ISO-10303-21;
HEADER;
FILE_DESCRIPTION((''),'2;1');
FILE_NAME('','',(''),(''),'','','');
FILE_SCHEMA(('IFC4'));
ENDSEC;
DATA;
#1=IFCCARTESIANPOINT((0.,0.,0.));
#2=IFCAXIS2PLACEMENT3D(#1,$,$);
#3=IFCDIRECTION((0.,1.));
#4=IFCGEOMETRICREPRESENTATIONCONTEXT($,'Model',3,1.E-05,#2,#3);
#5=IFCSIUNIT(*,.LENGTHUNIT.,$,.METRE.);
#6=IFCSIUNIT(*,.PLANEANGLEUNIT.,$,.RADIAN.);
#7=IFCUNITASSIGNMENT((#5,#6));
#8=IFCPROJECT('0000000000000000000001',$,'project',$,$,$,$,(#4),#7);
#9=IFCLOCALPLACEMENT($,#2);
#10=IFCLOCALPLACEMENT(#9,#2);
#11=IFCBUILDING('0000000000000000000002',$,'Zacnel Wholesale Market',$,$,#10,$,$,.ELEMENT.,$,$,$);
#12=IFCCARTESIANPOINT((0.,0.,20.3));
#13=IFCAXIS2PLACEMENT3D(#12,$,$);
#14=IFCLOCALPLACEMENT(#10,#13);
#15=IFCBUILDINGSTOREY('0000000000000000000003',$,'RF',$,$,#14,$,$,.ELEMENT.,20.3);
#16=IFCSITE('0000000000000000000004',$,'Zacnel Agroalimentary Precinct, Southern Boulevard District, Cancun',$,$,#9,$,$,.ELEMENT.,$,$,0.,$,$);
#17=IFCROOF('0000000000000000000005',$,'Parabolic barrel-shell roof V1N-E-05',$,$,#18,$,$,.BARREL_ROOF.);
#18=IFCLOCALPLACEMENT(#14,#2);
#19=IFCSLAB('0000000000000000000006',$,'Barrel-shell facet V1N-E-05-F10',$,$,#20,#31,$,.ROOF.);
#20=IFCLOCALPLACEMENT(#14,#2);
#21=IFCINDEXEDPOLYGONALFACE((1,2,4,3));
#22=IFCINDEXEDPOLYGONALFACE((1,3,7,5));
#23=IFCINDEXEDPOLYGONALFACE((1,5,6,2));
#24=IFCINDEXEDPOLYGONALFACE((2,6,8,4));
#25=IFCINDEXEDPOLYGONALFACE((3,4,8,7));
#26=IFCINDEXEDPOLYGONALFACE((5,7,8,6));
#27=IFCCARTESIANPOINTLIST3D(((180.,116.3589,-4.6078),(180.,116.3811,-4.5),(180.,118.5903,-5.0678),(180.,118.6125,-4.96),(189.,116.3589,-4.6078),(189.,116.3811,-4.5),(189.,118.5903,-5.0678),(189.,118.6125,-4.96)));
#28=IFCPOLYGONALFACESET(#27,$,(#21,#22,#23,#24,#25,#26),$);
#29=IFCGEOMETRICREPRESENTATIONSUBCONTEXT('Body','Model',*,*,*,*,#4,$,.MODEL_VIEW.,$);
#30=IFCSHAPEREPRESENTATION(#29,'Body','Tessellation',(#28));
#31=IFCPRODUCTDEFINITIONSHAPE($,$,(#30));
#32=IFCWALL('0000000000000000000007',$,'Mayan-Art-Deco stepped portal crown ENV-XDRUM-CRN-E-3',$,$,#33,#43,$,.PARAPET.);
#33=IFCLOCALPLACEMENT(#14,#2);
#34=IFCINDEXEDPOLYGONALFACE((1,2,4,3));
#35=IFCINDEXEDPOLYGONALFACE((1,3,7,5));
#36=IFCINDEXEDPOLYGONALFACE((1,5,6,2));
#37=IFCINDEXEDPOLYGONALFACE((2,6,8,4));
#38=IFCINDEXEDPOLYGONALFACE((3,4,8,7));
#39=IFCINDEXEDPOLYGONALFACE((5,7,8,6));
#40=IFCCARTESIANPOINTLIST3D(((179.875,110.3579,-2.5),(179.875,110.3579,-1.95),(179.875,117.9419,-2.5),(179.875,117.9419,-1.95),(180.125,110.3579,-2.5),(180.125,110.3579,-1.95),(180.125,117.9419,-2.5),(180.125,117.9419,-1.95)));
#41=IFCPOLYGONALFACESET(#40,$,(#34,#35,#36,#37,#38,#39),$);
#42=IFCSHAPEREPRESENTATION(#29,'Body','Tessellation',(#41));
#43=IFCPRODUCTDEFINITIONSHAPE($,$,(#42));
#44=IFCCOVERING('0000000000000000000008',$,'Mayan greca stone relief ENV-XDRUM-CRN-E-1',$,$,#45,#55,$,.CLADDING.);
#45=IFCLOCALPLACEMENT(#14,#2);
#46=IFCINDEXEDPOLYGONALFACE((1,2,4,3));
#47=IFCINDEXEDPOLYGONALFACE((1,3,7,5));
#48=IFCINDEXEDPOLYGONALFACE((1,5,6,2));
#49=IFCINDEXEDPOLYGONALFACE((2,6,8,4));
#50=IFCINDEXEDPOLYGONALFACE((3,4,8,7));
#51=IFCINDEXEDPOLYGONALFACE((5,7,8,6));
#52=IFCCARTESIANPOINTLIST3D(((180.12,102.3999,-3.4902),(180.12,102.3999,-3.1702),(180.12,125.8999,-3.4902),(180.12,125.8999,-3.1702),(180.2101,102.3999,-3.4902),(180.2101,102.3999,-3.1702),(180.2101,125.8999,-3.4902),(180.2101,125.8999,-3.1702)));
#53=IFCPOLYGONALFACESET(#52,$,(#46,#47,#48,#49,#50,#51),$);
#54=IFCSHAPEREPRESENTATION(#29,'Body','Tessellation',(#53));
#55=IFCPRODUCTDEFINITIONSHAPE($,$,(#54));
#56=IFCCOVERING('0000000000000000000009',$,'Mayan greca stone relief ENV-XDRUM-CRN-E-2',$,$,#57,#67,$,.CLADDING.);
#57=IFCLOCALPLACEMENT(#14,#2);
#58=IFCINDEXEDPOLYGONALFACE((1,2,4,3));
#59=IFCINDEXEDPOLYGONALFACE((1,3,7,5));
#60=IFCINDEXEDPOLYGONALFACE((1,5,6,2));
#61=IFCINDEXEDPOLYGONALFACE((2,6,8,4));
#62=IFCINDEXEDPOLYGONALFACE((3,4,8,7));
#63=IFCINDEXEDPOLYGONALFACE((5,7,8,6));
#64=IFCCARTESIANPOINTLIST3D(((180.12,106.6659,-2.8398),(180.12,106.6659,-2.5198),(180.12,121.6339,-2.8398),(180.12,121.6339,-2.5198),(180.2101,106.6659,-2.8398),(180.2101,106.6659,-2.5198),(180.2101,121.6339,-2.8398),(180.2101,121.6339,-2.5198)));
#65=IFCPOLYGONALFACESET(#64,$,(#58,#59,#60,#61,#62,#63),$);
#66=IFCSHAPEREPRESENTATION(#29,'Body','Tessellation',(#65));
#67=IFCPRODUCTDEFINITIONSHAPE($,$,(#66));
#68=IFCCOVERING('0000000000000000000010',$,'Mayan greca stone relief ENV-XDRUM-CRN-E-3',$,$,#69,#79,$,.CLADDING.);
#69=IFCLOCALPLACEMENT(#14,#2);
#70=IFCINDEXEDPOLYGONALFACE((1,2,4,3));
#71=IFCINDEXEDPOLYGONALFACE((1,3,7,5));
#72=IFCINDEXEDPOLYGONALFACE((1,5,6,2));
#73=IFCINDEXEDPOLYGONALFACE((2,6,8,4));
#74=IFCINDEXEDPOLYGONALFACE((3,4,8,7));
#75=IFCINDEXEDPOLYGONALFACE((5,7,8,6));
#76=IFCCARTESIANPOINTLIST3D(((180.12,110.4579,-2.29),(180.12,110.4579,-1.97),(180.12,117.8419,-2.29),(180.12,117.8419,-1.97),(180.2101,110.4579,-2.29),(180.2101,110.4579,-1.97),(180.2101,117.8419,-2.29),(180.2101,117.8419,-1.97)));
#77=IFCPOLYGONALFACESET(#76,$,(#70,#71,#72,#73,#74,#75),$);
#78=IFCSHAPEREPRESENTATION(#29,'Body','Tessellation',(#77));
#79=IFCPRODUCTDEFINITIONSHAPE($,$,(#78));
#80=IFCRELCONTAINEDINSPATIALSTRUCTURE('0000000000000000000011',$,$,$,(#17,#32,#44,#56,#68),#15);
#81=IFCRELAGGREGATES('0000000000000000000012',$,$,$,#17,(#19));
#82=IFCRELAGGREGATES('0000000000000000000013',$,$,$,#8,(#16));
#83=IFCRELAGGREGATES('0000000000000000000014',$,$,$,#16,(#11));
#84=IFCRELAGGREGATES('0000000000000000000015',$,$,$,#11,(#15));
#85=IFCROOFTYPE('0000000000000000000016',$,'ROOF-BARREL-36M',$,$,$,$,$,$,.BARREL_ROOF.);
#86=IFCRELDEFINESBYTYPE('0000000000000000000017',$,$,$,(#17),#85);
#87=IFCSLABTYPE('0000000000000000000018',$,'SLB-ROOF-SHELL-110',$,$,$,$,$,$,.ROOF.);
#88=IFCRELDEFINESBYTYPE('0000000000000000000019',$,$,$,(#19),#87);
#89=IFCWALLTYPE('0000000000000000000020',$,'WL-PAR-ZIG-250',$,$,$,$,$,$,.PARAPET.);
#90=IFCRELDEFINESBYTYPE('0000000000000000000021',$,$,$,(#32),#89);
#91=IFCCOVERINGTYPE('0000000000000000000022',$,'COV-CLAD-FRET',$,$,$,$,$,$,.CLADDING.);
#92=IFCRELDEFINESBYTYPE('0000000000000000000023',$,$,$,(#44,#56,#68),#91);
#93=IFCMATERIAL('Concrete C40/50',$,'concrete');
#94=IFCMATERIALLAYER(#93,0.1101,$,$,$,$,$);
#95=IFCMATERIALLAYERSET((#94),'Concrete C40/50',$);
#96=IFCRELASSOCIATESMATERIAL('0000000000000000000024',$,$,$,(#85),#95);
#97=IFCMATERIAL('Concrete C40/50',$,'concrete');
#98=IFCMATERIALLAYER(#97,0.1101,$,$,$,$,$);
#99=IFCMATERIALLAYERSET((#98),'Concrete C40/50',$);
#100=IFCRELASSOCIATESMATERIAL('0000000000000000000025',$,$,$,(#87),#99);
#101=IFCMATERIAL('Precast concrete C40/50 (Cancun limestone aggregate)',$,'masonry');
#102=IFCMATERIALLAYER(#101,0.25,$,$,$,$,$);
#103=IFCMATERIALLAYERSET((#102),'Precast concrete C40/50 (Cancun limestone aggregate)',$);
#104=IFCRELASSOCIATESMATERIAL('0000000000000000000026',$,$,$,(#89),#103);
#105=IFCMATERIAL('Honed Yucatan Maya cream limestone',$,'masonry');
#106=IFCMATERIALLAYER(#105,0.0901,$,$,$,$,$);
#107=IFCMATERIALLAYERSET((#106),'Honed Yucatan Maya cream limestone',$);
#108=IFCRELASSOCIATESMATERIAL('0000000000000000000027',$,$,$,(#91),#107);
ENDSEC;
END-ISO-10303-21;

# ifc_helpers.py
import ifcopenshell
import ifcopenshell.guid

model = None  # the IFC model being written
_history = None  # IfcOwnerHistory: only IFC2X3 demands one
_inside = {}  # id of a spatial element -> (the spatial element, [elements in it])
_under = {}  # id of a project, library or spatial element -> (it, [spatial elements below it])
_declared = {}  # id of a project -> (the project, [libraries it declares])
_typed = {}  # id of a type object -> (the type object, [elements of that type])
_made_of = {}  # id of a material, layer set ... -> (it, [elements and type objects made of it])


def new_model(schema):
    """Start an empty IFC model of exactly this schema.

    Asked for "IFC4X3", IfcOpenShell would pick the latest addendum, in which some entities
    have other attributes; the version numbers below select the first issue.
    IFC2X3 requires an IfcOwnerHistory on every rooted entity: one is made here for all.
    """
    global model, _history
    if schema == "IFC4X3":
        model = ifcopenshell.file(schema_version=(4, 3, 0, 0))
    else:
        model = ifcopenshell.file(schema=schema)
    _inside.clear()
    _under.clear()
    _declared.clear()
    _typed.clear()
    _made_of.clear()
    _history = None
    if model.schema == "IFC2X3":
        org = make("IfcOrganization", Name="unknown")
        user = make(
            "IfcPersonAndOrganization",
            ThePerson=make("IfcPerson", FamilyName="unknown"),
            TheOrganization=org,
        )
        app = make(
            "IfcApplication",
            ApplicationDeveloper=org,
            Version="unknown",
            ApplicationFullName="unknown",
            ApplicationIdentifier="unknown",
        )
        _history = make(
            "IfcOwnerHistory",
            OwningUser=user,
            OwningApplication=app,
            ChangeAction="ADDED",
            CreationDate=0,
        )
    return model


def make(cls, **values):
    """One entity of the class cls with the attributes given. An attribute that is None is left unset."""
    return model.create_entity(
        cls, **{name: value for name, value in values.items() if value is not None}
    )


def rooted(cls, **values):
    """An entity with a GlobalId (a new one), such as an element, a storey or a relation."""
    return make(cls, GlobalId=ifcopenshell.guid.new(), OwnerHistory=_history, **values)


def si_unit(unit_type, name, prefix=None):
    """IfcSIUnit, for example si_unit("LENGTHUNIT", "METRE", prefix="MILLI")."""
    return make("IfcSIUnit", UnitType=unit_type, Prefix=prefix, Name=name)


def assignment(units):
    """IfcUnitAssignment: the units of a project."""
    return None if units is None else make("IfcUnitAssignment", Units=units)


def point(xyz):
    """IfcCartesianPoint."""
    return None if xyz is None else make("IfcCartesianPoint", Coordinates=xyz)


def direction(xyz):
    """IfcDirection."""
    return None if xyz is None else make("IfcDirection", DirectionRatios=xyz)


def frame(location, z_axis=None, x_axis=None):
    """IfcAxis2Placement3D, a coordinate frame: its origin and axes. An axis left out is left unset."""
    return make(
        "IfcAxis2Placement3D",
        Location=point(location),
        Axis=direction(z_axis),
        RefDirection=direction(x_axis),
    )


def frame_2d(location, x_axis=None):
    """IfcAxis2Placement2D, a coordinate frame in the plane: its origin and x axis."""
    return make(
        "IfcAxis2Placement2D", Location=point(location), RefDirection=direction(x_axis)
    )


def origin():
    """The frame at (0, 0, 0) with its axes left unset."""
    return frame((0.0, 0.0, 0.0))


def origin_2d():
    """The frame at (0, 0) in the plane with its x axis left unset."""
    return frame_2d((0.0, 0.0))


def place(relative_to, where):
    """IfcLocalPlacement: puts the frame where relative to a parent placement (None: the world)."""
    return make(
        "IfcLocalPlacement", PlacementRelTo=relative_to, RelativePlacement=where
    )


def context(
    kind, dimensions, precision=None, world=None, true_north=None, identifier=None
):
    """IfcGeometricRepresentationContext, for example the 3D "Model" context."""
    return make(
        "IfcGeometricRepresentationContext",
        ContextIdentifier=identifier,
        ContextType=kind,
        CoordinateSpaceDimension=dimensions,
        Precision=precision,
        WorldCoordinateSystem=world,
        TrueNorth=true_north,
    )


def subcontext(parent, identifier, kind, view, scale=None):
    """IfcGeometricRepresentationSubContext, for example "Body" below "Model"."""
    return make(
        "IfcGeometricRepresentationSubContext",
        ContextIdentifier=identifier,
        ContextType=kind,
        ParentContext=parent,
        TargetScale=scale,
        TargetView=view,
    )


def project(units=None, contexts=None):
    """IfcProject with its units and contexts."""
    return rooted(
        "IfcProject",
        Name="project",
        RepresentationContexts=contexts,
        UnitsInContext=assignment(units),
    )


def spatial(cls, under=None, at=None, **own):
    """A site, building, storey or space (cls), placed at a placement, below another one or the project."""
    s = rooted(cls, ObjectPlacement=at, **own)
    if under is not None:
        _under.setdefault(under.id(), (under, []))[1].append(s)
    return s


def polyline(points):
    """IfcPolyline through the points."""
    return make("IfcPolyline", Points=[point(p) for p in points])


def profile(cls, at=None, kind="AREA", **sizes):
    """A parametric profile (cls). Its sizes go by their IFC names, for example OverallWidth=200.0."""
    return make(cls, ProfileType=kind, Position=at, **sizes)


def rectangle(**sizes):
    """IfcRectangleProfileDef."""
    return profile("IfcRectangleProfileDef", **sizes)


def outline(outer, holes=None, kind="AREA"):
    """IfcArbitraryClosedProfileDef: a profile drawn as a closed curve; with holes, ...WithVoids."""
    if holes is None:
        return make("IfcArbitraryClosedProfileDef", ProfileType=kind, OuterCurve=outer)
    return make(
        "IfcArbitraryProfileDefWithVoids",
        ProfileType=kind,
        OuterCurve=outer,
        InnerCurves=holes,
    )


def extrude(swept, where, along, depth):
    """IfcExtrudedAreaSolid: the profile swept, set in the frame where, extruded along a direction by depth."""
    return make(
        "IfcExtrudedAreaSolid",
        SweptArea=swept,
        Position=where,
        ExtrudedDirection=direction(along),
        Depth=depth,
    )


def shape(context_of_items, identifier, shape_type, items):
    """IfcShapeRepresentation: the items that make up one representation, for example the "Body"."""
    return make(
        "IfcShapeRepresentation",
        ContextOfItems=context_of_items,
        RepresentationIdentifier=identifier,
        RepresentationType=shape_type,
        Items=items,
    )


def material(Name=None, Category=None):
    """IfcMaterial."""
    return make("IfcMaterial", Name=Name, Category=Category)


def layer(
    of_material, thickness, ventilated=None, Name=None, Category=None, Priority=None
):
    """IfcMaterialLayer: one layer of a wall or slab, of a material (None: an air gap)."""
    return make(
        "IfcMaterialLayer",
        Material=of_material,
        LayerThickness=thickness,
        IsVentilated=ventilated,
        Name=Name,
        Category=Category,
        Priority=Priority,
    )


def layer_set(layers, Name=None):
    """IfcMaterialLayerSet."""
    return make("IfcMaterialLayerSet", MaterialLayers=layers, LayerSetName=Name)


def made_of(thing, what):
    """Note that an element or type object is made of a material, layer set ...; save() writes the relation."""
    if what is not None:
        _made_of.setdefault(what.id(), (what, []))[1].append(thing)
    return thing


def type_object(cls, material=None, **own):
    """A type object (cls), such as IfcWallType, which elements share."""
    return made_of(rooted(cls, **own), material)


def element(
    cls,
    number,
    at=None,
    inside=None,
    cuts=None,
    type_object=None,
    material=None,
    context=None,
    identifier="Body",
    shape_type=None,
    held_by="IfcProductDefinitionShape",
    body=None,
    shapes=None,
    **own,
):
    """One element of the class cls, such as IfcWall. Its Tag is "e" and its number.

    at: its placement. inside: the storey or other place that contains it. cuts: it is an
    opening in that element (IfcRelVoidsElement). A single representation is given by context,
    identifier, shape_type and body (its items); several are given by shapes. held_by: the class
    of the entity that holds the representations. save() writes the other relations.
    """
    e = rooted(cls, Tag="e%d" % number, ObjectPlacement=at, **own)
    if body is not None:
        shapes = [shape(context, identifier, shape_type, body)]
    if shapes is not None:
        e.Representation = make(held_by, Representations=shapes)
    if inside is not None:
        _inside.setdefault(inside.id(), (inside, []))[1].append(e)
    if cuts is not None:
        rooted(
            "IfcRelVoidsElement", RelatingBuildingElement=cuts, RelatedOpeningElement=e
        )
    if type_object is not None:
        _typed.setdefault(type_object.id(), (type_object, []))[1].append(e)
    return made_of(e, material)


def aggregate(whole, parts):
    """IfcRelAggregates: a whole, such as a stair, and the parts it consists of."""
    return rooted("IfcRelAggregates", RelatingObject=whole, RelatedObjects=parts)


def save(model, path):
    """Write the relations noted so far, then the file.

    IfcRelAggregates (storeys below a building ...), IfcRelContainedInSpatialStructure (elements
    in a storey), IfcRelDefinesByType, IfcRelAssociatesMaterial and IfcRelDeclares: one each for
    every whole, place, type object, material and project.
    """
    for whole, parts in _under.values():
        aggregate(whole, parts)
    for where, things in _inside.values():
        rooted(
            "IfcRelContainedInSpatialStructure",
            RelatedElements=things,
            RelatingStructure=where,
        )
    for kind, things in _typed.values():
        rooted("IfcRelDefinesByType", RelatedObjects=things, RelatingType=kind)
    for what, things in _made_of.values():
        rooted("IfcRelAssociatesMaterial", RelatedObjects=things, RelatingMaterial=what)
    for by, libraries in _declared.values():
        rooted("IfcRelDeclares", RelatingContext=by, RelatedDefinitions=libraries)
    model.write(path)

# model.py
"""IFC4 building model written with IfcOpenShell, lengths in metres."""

from ifc_helpers import new_model, si_unit, direction, frame, frame_2d, origin, origin_2d, place, context, subcontext, project, spatial, polyline, rectangle, outline, extrude, material, layer, layer_set, type_object, element, aggregate, save


model = new_model("IFC4")

# Units and contexts
model_context = context("Model", 3, precision=1e-05, world=origin(), true_north=direction((0.0, 1.0)))
body_context = subcontext(model_context, "Body", "Model", "MODEL_VIEW")
ifc_project = project(units=[si_unit("LENGTHUNIT", "METRE"), si_unit("PLANEANGLEUNIT", "RADIAN")], contexts=[model_context])

# Site, building, storey
site_placement = place(None, origin())
site = spatial("IfcSite", under=ifc_project, at=site_placement, Name="Zacnel Agroalimentary Precinct, Southern Boulevard District, Cancun", CompositionType="ELEMENT", RefElevation=0.0)
building_placement = place(site_placement, origin())
building = spatial("IfcBuilding", under=site, at=building_placement, Name="Zacnel Wholesale Market", CompositionType="ELEMENT")
storey_placement = place(building_placement, frame((0.0, 0.0, 20.3)))
storey = spatial("IfcBuildingStorey", under=building, at=storey_placement, Name="RF", CompositionType="ELEMENT", Elevation=20.3)

# Roof, slab
ifc_material_1 = material(Name="Concrete C40/50", Category="concrete")
ifc_layer_1 = layer(ifc_material_1, 0.1101)
ifc_layer_set_1 = layer_set([ifc_layer_1], Name="Concrete C40/50")
roof_type = type_object("IfcRoofType", Name="ROOF-BARREL-36M", PredefinedType="BARREL_ROOF", material=ifc_layer_set_1)
roof_placement = place(storey_placement, origin())
roof = element("IfcRoof", 1, at=roof_placement, inside=storey, type_object=roof_type, Name="Parabolic barrel-shell roof V1N-E-05", PredefinedType="BARREL_ROOF")
ifc_material_2 = material(Name="Concrete C40/50", Category="concrete")
ifc_layer_2 = layer(ifc_material_2, 0.1101)
ifc_layer_set_2 = layer_set([ifc_layer_2], Name="Concrete C40/50")
slab_type = type_object("IfcSlabType", Name="SLB-ROOF-SHELL-110", PredefinedType="ROOF", material=ifc_layer_set_2)
slab_1_placement = place(storey_placement, frame((180.0, 116.3811, -4.5), z_axis=(0.0, 0.201883, 0.97941), x_axis=(1.0, 0.0, 0.0)))
slab_1 = element("IfcSlab", 2, at=slab_1_placement, type_object=slab_type, Name="Barrel-shell facet V1N-E-05-F10", PredefinedType="ROOF", context=body_context, shape_type="SweptSolid", body=[
    extrude(outline(polyline([(0.0, 0.0), (9.0, 0.0), (9.0, 2.2784), (0.0, 2.2784), (0.0, 0.0)])), origin(), (0.0, 0.0, -1.0), 0.1101),
])
aggregate(roof, [slab_1])

# Wall
ifc_material_3 = material(Name="Precast concrete C40/50 (Cancun limestone aggregate)", Category="masonry")
ifc_layer_3 = layer(ifc_material_3, 0.25)
ifc_layer_set_3 = layer_set([ifc_layer_3], Name="Precast concrete C40/50 (Cancun limestone aggregate)")
wall_type = type_object("IfcWallType", Name="WL-PAR-ZIG-250", PredefinedType="PARAPET", material=ifc_layer_set_3)
wall_placement = place(storey_placement, frame((180.0, 110.3579, -2.5), z_axis=(0.0, 0.0, 1.0), x_axis=(0.0, 1.0, 0.0)))
element("IfcWall", 3, at=wall_placement, inside=storey, type_object=wall_type, Name="Mayan-Art-Deco stepped portal crown ENV-XDRUM-CRN-E-3", PredefinedType="PARAPET", context=body_context, shape_type="SweptSolid", body=[
    extrude(rectangle(XDim=7.584, YDim=0.25, at=frame_2d((3.792, 0.0))), origin(), (0.0, 0.0, 1.0), 0.55),
])

# Coverings
ifc_material_4 = material(Name="Honed Yucatan Maya cream limestone", Category="masonry")
ifc_layer_4 = layer(ifc_material_4, 0.0901)
ifc_layer_set_4 = layer_set([ifc_layer_4], Name="Honed Yucatan Maya cream limestone")
covering_type = type_object("IfcCoveringType", Name="COV-CLAD-FRET", PredefinedType="CLADDING", material=ifc_layer_set_4)
covering_1_placement = place(storey_placement, frame((180.165, 114.1499, -3.4902), z_axis=(0.0, 0.0, 1.0), x_axis=(0.0, 1.0, 0.0)))
element("IfcCovering", 4, at=covering_1_placement, inside=storey, type_object=covering_type, Name="Mayan greca stone relief ENV-XDRUM-CRN-E-1", PredefinedType="CLADDING", context=body_context, shape_type="SweptSolid", body=[
    extrude(rectangle(XDim=23.5, YDim=0.0901, at=origin_2d()), origin(), (0.0, 0.0, 1.0), 0.3201),
])
covering_2_placement = place(storey_placement, frame((180.165, 114.1499, -2.8398), z_axis=(0.0, 0.0, 1.0), x_axis=(0.0, 1.0, 0.0)))
element("IfcCovering", 5, at=covering_2_placement, inside=storey, type_object=covering_type, Name="Mayan greca stone relief ENV-XDRUM-CRN-E-2", PredefinedType="CLADDING", context=body_context, shape_type="SweptSolid", body=[
    extrude(rectangle(XDim=14.968, YDim=0.0901, at=origin_2d()), origin(), (0.0, 0.0, 1.0), 0.3201),
])
covering_3_placement = place(storey_placement, frame((180.165, 114.1499, -2.29), z_axis=(0.0, 0.0, 1.0), x_axis=(0.0, 1.0, 0.0)))
element("IfcCovering", 6, at=covering_3_placement, inside=storey, type_object=covering_type, Name="Mayan greca stone relief ENV-XDRUM-CRN-E-3", PredefinedType="CLADDING", context=body_context, shape_type="SweptSolid", body=[
    extrude(rectangle(XDim=7.384, YDim=0.0901, at=origin_2d()), origin(), (0.0, 0.0, 1.0), 0.3201),
])

save(model, "model.ifc")
